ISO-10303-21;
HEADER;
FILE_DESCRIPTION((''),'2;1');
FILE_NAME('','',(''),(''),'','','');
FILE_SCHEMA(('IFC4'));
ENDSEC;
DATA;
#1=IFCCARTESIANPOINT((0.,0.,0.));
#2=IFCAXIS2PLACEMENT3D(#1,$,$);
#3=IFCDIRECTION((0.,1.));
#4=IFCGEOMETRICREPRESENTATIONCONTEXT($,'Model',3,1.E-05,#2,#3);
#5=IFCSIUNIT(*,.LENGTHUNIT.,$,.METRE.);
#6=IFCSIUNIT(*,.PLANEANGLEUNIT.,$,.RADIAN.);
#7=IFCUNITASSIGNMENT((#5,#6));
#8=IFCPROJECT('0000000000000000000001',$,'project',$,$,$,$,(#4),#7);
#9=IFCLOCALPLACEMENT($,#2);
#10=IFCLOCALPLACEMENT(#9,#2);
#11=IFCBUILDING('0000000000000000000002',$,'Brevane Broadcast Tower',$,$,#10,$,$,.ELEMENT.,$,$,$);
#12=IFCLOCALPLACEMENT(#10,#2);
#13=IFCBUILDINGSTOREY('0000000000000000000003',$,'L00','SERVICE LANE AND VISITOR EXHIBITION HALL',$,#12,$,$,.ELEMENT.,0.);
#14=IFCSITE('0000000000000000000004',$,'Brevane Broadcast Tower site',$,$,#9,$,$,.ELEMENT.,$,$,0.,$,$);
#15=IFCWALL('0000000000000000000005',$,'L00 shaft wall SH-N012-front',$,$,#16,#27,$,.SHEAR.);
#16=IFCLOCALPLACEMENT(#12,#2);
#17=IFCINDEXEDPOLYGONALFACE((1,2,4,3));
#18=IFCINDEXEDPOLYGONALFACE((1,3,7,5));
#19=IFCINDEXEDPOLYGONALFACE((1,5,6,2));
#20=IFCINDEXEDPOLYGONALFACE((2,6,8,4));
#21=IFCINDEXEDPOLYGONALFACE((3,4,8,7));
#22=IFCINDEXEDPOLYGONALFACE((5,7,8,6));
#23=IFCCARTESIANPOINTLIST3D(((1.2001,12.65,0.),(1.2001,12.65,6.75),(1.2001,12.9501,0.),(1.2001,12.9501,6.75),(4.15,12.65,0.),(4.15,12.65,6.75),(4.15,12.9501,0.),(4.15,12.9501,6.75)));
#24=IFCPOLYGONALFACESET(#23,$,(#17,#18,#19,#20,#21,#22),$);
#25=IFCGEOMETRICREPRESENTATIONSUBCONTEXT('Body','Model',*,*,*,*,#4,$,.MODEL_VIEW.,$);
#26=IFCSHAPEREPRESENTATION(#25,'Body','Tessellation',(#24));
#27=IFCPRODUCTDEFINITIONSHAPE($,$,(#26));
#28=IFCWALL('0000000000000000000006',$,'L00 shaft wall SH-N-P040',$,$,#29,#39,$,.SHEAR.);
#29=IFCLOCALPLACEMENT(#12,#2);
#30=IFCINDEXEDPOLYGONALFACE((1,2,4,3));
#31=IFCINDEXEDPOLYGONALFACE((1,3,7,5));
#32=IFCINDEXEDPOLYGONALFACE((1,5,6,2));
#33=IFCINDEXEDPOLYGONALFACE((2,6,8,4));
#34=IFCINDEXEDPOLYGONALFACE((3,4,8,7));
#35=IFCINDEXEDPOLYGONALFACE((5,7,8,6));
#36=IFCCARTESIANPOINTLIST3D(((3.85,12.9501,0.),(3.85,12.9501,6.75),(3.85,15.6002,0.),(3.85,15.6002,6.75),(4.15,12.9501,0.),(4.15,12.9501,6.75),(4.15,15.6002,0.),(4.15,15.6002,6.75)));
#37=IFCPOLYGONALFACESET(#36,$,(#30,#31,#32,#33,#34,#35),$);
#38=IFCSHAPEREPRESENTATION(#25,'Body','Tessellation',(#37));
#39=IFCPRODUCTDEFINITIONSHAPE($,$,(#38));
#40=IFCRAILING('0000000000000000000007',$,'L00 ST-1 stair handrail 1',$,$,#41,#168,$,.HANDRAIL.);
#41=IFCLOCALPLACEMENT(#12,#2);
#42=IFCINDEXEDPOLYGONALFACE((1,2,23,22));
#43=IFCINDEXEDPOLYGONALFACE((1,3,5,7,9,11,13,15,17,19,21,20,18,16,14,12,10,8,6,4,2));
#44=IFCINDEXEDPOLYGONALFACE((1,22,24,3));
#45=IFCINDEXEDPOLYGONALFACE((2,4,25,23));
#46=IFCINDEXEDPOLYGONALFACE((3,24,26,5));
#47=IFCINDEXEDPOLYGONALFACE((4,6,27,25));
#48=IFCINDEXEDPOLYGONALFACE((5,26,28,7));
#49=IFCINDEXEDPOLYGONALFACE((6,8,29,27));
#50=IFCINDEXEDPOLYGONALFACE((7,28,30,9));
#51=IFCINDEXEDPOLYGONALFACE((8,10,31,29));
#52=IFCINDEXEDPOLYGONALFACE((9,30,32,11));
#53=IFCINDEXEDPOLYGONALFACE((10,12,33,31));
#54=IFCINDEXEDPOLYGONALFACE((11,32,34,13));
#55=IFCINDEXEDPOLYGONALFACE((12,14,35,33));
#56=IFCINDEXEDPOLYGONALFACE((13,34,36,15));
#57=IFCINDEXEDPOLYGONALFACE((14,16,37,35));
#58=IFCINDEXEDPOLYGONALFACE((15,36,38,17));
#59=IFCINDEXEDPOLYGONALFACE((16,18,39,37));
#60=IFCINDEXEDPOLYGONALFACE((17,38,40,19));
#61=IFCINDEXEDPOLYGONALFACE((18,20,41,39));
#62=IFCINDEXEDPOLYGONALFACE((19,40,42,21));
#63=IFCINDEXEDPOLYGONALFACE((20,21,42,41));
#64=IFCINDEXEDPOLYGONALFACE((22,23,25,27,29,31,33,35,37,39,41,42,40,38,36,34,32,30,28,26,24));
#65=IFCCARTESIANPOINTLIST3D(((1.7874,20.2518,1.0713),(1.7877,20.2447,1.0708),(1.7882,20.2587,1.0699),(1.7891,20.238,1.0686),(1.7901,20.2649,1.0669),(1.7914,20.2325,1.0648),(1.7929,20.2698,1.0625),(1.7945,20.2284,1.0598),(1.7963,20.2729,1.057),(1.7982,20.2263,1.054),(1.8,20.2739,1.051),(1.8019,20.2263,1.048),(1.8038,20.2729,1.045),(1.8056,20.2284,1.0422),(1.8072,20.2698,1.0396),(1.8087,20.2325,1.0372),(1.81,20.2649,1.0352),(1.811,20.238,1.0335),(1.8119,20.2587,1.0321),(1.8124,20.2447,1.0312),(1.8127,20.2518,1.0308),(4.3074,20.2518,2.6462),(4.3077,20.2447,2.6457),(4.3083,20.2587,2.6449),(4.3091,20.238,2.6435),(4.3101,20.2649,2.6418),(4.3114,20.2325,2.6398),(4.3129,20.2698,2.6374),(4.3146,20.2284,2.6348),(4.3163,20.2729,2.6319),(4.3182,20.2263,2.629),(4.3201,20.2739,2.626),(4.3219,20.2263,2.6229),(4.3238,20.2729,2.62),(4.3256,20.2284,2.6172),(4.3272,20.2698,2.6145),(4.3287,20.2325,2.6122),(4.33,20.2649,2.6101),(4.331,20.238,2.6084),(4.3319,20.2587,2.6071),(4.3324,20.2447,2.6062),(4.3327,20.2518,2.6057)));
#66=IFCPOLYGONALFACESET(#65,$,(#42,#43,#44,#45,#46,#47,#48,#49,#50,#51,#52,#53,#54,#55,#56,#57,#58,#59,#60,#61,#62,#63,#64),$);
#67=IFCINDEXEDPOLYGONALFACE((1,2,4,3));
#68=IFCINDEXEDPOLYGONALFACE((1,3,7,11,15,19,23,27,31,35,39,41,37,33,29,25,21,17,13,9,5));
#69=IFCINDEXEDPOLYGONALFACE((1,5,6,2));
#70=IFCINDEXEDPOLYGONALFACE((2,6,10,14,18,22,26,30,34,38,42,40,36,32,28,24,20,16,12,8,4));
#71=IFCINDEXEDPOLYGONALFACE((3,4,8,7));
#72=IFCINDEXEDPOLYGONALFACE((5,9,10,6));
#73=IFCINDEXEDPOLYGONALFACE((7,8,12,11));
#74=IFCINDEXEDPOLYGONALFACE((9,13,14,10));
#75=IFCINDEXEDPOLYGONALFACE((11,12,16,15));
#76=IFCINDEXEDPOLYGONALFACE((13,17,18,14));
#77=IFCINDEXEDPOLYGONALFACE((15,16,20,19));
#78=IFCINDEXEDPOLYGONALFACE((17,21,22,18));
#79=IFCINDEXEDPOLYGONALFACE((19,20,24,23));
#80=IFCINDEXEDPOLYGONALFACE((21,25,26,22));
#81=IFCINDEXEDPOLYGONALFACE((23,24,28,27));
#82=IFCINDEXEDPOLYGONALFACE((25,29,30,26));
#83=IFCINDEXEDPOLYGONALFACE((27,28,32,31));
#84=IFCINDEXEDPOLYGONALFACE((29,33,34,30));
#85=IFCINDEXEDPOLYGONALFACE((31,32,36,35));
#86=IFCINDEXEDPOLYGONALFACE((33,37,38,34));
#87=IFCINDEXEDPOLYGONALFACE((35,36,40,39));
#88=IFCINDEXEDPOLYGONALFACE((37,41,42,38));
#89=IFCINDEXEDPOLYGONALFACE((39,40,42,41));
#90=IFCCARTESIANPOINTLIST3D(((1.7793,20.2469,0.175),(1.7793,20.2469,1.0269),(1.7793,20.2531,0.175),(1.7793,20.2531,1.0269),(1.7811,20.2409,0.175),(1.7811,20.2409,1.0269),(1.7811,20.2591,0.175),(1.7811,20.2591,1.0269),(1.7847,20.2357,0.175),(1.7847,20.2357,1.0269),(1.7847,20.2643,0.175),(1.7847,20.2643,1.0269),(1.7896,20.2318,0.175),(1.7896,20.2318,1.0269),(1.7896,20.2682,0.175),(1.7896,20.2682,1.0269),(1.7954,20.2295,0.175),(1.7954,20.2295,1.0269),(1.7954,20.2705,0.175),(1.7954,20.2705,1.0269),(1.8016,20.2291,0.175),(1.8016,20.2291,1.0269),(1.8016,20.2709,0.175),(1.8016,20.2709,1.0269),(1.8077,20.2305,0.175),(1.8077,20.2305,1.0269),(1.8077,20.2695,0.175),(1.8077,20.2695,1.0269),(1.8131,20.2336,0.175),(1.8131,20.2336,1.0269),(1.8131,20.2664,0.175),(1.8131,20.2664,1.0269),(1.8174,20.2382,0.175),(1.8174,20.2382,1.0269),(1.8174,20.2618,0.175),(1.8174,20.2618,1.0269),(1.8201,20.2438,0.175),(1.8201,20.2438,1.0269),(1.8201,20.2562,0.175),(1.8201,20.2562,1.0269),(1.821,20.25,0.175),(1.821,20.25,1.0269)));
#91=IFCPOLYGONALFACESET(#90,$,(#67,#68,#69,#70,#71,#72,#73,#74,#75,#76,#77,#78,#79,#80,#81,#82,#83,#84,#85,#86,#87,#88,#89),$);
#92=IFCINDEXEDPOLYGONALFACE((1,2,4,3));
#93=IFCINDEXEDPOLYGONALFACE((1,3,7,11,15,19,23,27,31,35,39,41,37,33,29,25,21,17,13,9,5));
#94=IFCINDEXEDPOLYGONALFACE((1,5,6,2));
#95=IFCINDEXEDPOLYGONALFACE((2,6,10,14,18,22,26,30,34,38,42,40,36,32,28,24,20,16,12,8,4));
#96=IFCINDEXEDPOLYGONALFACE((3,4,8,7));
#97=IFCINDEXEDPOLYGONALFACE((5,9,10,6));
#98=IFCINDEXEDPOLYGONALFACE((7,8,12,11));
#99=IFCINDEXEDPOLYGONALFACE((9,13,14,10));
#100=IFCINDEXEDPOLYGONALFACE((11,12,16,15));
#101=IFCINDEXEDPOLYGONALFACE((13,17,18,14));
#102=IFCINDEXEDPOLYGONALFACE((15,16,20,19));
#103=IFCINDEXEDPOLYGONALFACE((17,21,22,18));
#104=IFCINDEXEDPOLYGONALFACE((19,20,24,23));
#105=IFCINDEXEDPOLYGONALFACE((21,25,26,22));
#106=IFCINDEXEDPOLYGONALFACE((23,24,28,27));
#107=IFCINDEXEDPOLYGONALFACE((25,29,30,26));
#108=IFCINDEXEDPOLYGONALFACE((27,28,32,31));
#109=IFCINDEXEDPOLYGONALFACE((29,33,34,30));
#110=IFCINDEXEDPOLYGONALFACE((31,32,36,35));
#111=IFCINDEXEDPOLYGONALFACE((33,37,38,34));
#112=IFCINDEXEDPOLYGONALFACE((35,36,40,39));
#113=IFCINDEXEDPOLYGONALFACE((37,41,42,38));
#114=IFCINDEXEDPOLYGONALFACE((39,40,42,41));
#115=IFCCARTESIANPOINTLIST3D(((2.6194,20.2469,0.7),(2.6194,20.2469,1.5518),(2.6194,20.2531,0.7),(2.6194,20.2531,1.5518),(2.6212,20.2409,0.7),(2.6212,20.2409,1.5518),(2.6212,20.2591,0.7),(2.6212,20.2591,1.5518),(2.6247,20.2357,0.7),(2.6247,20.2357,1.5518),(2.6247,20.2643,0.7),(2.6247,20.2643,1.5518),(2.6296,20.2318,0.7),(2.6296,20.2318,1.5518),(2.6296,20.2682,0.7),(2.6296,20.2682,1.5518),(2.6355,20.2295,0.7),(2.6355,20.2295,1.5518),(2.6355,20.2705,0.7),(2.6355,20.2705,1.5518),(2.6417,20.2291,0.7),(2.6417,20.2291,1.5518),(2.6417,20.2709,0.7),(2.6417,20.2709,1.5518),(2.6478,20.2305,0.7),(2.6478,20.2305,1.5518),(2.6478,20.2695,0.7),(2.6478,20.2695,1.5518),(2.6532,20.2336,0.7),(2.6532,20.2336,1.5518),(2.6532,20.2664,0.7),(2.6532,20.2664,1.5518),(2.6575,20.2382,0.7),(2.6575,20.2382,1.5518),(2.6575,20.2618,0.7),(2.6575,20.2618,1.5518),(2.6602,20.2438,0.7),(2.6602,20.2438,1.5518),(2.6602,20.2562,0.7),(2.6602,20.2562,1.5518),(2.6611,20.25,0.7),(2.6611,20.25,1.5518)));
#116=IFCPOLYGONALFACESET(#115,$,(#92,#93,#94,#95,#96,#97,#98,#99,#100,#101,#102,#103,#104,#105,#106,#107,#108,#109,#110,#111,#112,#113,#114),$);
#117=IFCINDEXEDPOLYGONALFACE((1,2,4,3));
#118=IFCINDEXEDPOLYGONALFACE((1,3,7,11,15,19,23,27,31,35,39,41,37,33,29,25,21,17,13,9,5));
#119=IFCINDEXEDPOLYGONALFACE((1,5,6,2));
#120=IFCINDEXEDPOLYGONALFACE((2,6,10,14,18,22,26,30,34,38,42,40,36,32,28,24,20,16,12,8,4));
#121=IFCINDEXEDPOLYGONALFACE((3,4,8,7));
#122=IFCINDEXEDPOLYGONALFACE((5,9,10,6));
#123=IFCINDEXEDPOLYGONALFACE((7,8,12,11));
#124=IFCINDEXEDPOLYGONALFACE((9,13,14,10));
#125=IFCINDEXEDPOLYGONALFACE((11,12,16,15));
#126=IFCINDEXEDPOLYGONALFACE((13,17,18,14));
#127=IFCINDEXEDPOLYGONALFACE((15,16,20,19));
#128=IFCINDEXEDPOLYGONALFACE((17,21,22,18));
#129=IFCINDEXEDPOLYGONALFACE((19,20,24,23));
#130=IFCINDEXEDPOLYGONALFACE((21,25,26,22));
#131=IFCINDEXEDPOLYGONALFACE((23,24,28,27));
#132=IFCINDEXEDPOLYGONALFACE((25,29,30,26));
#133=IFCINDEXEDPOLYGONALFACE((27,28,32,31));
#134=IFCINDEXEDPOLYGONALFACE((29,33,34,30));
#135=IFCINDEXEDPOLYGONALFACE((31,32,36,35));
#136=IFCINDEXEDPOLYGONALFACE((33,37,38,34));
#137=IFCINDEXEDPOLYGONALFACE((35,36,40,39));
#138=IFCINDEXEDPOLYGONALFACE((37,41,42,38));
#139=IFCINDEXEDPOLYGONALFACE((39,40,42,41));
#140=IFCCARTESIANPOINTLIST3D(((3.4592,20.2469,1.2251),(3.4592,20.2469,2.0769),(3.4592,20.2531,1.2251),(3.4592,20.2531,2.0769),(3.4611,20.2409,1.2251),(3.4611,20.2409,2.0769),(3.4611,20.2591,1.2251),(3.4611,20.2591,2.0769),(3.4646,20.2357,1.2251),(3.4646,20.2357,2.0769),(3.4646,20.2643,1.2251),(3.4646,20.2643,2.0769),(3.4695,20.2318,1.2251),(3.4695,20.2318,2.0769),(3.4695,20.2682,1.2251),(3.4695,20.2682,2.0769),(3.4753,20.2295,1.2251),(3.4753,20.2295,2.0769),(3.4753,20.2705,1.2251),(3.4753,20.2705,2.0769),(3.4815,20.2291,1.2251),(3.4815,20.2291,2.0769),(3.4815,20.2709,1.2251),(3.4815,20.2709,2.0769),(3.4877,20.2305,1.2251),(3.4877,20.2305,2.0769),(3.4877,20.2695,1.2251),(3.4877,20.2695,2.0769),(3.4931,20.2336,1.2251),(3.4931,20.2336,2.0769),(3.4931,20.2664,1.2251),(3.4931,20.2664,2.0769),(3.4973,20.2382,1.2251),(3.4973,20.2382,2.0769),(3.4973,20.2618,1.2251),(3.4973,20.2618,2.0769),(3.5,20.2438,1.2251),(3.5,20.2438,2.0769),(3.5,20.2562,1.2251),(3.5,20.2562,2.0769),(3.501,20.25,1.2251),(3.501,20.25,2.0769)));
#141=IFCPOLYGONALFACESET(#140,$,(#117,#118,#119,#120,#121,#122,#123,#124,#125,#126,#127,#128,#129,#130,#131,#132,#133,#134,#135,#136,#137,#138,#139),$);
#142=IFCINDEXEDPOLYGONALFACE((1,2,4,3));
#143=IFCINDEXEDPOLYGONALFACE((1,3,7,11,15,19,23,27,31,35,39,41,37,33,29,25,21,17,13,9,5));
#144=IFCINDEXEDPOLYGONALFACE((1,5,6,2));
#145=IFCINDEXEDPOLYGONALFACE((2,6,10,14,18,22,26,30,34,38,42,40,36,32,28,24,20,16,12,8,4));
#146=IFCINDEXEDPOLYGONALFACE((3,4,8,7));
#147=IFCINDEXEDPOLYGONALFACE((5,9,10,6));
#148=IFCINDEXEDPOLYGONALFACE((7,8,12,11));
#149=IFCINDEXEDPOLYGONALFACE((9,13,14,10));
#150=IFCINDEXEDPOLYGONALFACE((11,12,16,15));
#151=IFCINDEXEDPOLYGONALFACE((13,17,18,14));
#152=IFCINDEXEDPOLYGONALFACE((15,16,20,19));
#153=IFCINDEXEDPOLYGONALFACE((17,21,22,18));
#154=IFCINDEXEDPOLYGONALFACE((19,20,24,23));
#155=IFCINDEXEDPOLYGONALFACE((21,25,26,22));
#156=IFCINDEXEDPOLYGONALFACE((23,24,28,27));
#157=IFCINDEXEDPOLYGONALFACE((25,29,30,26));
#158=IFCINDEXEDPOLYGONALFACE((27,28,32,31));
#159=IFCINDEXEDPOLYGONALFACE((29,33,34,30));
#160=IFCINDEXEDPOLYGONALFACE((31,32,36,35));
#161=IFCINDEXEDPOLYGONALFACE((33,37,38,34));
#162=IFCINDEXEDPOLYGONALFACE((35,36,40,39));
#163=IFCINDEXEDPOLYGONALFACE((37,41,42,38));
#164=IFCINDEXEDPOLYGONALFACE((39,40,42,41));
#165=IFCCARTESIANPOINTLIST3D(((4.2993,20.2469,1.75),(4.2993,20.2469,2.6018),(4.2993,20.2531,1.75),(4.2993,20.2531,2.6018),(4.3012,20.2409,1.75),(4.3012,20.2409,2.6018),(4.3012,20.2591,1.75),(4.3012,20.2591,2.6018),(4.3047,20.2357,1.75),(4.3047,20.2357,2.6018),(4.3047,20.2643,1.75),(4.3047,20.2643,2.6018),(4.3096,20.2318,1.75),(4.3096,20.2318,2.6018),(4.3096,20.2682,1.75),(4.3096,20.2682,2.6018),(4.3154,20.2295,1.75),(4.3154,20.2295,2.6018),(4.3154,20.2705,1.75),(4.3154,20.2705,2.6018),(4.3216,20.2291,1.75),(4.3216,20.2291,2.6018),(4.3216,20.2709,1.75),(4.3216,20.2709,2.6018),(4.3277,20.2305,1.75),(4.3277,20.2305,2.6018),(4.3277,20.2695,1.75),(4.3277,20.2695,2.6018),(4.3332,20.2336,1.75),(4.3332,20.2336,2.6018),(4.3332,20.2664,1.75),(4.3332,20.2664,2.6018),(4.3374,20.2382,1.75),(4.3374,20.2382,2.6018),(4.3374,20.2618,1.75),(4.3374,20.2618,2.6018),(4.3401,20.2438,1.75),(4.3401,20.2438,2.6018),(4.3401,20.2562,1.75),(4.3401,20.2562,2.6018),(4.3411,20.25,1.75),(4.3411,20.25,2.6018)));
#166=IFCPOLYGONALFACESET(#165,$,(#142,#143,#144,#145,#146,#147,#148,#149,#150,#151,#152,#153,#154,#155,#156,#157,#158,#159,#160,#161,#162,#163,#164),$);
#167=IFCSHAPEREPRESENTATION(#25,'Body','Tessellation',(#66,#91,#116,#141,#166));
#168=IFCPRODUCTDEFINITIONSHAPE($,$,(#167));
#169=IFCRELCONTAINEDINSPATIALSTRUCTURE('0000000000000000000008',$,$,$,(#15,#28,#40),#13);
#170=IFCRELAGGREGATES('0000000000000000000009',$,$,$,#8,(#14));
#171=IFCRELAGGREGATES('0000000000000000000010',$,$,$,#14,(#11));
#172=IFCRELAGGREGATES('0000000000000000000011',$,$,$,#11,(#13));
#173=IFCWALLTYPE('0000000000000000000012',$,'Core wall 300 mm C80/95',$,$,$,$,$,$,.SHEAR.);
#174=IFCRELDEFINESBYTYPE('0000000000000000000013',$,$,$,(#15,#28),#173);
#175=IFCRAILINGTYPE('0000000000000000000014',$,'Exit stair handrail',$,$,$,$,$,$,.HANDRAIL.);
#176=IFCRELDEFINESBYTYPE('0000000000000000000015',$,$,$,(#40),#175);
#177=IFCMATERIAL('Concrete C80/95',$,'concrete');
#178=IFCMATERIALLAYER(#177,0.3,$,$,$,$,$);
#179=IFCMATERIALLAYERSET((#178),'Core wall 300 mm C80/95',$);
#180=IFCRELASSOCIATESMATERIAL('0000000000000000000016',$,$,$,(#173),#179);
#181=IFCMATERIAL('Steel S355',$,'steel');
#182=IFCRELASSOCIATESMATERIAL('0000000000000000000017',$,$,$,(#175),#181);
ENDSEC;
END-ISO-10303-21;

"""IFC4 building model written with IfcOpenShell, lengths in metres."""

from ifc_helpers import new_model, si_unit, direction, frame, frame_2d, origin, origin_2d, place, context, subcontext, project, spatial, rectangle, circle, extrude, material, layer, layer_set, type_object, element, save


model = new_model("IFC4")

# Units and contexts
model_context = context("Model", 3, precision=1e-05, world=origin(), true_north=direction((0.0, 1.0)))
body_context = subcontext(model_context, "Body", "Model", "MODEL_VIEW")
ifc_project = project(units=[si_unit("LENGTHUNIT", "METRE"), si_unit("PLANEANGLEUNIT", "RADIAN")], contexts=[model_context])

# Site, building, storey
site_placement = place(None, origin())
site = spatial("IfcSite", under=ifc_project, at=site_placement, Name="Brevane Broadcast Tower site", CompositionType="ELEMENT", RefElevation=0.0)
building_placement = place(site_placement, origin())
building = spatial("IfcBuilding", under=site, at=building_placement, Name="Brevane Broadcast Tower", CompositionType="ELEMENT")
storey_placement = place(building_placement, origin())
storey = spatial("IfcBuildingStorey", under=building, at=storey_placement, Name="L00", Description="SERVICE LANE AND VISITOR EXHIBITION HALL", CompositionType="ELEMENT", Elevation=0.0)

# Shared definitions
ifc_material_1 = material(Name="Concrete C80/95", Category="concrete")
ifc_layer_1 = layer(ifc_material_1, 0.3)
ifc_layer_set_1 = layer_set([ifc_layer_1], Name="Core wall 300 mm C80/95")
wall_type_1 = type_object("IfcWallType", Name="Core wall 300 mm C80/95", PredefinedType="SHEAR", material=ifc_layer_set_1)

# Walls
wall_1_placement = place(storey_placement, frame((1.2, 12.8, 0.0), z_axis=(0.0, 0.0, 1.0), x_axis=(1.0, 0.0, 0.0)))
element("IfcWall", 1, at=wall_1_placement, inside=storey, type_object=wall_type_1, Name="L00 shaft wall SH-N012-front", PredefinedType="SHEAR", context=body_context, shape_type="SweptSolid", body=[
    extrude(rectangle(XDim=2.95, YDim=0.3, at=frame_2d((1.4751, 0.0))), origin(), (0.0, 0.0, 1.0), 6.75),
])
wall_2_placement = place(storey_placement, frame((4.0, 12.95, 0.0), z_axis=(0.0, 0.0, 1.0), x_axis=(0.0, 1.0, 0.0)))
element("IfcWall", 2, at=wall_2_placement, inside=storey, type_object=wall_type_1, Name="L00 shaft wall SH-N-P040", PredefinedType="SHEAR", context=body_context, shape_type="SweptSolid", body=[
    extrude(rectangle(XDim=2.6501, YDim=0.3, at=frame_2d((1.3252, 0.0))), origin(), (0.0, 0.0, 1.0), 6.75),
])

# Railing
ifc_material_2 = material(Name="Steel S355", Category="steel")
railing_type = type_object("IfcRailingType", Name="Exit stair handrail", PredefinedType="HANDRAIL", material=ifc_material_2)
railing_placement = place(storey_placement, frame((1.8, 20.25, 0.175)))
element("IfcRailing", 3, at=railing_placement, inside=storey, type_object=railing_type, Name="L00 ST-1 stair handrail 1", PredefinedType="HANDRAIL", context=body_context, shape_type="SweptSolid", body=[
    extrude(circle(Radius=0.0239, at=origin_2d()), frame((0.0, 0.0, 0.876), z_axis=(0.848008, 0.0, 0.529984), x_axis=(0.0, 1.0, 0.0)), (0.0, 0.0, 1.0), 2.9717),
    extrude(circle(Radius=0.021, at=origin_2d()), origin(), (0.0, 0.0, 1.0), 0.8518),
    extrude(circle(Radius=0.021, at=origin_2d()), frame((0.8401, 0.0, 0.5249)), (0.0, 0.0, 1.0), 0.8518),
    extrude(circle(Radius=0.021, at=origin_2d()), frame((1.6799, 0.0, 1.05)), (0.0, 0.0, 1.0), 0.8518),
    extrude(circle(Radius=0.021, at=origin_2d()), frame((2.52, 0.0, 1.575)), (0.0, 0.0, 1.0), 0.8518),
])

save(model, "model.ifc")
